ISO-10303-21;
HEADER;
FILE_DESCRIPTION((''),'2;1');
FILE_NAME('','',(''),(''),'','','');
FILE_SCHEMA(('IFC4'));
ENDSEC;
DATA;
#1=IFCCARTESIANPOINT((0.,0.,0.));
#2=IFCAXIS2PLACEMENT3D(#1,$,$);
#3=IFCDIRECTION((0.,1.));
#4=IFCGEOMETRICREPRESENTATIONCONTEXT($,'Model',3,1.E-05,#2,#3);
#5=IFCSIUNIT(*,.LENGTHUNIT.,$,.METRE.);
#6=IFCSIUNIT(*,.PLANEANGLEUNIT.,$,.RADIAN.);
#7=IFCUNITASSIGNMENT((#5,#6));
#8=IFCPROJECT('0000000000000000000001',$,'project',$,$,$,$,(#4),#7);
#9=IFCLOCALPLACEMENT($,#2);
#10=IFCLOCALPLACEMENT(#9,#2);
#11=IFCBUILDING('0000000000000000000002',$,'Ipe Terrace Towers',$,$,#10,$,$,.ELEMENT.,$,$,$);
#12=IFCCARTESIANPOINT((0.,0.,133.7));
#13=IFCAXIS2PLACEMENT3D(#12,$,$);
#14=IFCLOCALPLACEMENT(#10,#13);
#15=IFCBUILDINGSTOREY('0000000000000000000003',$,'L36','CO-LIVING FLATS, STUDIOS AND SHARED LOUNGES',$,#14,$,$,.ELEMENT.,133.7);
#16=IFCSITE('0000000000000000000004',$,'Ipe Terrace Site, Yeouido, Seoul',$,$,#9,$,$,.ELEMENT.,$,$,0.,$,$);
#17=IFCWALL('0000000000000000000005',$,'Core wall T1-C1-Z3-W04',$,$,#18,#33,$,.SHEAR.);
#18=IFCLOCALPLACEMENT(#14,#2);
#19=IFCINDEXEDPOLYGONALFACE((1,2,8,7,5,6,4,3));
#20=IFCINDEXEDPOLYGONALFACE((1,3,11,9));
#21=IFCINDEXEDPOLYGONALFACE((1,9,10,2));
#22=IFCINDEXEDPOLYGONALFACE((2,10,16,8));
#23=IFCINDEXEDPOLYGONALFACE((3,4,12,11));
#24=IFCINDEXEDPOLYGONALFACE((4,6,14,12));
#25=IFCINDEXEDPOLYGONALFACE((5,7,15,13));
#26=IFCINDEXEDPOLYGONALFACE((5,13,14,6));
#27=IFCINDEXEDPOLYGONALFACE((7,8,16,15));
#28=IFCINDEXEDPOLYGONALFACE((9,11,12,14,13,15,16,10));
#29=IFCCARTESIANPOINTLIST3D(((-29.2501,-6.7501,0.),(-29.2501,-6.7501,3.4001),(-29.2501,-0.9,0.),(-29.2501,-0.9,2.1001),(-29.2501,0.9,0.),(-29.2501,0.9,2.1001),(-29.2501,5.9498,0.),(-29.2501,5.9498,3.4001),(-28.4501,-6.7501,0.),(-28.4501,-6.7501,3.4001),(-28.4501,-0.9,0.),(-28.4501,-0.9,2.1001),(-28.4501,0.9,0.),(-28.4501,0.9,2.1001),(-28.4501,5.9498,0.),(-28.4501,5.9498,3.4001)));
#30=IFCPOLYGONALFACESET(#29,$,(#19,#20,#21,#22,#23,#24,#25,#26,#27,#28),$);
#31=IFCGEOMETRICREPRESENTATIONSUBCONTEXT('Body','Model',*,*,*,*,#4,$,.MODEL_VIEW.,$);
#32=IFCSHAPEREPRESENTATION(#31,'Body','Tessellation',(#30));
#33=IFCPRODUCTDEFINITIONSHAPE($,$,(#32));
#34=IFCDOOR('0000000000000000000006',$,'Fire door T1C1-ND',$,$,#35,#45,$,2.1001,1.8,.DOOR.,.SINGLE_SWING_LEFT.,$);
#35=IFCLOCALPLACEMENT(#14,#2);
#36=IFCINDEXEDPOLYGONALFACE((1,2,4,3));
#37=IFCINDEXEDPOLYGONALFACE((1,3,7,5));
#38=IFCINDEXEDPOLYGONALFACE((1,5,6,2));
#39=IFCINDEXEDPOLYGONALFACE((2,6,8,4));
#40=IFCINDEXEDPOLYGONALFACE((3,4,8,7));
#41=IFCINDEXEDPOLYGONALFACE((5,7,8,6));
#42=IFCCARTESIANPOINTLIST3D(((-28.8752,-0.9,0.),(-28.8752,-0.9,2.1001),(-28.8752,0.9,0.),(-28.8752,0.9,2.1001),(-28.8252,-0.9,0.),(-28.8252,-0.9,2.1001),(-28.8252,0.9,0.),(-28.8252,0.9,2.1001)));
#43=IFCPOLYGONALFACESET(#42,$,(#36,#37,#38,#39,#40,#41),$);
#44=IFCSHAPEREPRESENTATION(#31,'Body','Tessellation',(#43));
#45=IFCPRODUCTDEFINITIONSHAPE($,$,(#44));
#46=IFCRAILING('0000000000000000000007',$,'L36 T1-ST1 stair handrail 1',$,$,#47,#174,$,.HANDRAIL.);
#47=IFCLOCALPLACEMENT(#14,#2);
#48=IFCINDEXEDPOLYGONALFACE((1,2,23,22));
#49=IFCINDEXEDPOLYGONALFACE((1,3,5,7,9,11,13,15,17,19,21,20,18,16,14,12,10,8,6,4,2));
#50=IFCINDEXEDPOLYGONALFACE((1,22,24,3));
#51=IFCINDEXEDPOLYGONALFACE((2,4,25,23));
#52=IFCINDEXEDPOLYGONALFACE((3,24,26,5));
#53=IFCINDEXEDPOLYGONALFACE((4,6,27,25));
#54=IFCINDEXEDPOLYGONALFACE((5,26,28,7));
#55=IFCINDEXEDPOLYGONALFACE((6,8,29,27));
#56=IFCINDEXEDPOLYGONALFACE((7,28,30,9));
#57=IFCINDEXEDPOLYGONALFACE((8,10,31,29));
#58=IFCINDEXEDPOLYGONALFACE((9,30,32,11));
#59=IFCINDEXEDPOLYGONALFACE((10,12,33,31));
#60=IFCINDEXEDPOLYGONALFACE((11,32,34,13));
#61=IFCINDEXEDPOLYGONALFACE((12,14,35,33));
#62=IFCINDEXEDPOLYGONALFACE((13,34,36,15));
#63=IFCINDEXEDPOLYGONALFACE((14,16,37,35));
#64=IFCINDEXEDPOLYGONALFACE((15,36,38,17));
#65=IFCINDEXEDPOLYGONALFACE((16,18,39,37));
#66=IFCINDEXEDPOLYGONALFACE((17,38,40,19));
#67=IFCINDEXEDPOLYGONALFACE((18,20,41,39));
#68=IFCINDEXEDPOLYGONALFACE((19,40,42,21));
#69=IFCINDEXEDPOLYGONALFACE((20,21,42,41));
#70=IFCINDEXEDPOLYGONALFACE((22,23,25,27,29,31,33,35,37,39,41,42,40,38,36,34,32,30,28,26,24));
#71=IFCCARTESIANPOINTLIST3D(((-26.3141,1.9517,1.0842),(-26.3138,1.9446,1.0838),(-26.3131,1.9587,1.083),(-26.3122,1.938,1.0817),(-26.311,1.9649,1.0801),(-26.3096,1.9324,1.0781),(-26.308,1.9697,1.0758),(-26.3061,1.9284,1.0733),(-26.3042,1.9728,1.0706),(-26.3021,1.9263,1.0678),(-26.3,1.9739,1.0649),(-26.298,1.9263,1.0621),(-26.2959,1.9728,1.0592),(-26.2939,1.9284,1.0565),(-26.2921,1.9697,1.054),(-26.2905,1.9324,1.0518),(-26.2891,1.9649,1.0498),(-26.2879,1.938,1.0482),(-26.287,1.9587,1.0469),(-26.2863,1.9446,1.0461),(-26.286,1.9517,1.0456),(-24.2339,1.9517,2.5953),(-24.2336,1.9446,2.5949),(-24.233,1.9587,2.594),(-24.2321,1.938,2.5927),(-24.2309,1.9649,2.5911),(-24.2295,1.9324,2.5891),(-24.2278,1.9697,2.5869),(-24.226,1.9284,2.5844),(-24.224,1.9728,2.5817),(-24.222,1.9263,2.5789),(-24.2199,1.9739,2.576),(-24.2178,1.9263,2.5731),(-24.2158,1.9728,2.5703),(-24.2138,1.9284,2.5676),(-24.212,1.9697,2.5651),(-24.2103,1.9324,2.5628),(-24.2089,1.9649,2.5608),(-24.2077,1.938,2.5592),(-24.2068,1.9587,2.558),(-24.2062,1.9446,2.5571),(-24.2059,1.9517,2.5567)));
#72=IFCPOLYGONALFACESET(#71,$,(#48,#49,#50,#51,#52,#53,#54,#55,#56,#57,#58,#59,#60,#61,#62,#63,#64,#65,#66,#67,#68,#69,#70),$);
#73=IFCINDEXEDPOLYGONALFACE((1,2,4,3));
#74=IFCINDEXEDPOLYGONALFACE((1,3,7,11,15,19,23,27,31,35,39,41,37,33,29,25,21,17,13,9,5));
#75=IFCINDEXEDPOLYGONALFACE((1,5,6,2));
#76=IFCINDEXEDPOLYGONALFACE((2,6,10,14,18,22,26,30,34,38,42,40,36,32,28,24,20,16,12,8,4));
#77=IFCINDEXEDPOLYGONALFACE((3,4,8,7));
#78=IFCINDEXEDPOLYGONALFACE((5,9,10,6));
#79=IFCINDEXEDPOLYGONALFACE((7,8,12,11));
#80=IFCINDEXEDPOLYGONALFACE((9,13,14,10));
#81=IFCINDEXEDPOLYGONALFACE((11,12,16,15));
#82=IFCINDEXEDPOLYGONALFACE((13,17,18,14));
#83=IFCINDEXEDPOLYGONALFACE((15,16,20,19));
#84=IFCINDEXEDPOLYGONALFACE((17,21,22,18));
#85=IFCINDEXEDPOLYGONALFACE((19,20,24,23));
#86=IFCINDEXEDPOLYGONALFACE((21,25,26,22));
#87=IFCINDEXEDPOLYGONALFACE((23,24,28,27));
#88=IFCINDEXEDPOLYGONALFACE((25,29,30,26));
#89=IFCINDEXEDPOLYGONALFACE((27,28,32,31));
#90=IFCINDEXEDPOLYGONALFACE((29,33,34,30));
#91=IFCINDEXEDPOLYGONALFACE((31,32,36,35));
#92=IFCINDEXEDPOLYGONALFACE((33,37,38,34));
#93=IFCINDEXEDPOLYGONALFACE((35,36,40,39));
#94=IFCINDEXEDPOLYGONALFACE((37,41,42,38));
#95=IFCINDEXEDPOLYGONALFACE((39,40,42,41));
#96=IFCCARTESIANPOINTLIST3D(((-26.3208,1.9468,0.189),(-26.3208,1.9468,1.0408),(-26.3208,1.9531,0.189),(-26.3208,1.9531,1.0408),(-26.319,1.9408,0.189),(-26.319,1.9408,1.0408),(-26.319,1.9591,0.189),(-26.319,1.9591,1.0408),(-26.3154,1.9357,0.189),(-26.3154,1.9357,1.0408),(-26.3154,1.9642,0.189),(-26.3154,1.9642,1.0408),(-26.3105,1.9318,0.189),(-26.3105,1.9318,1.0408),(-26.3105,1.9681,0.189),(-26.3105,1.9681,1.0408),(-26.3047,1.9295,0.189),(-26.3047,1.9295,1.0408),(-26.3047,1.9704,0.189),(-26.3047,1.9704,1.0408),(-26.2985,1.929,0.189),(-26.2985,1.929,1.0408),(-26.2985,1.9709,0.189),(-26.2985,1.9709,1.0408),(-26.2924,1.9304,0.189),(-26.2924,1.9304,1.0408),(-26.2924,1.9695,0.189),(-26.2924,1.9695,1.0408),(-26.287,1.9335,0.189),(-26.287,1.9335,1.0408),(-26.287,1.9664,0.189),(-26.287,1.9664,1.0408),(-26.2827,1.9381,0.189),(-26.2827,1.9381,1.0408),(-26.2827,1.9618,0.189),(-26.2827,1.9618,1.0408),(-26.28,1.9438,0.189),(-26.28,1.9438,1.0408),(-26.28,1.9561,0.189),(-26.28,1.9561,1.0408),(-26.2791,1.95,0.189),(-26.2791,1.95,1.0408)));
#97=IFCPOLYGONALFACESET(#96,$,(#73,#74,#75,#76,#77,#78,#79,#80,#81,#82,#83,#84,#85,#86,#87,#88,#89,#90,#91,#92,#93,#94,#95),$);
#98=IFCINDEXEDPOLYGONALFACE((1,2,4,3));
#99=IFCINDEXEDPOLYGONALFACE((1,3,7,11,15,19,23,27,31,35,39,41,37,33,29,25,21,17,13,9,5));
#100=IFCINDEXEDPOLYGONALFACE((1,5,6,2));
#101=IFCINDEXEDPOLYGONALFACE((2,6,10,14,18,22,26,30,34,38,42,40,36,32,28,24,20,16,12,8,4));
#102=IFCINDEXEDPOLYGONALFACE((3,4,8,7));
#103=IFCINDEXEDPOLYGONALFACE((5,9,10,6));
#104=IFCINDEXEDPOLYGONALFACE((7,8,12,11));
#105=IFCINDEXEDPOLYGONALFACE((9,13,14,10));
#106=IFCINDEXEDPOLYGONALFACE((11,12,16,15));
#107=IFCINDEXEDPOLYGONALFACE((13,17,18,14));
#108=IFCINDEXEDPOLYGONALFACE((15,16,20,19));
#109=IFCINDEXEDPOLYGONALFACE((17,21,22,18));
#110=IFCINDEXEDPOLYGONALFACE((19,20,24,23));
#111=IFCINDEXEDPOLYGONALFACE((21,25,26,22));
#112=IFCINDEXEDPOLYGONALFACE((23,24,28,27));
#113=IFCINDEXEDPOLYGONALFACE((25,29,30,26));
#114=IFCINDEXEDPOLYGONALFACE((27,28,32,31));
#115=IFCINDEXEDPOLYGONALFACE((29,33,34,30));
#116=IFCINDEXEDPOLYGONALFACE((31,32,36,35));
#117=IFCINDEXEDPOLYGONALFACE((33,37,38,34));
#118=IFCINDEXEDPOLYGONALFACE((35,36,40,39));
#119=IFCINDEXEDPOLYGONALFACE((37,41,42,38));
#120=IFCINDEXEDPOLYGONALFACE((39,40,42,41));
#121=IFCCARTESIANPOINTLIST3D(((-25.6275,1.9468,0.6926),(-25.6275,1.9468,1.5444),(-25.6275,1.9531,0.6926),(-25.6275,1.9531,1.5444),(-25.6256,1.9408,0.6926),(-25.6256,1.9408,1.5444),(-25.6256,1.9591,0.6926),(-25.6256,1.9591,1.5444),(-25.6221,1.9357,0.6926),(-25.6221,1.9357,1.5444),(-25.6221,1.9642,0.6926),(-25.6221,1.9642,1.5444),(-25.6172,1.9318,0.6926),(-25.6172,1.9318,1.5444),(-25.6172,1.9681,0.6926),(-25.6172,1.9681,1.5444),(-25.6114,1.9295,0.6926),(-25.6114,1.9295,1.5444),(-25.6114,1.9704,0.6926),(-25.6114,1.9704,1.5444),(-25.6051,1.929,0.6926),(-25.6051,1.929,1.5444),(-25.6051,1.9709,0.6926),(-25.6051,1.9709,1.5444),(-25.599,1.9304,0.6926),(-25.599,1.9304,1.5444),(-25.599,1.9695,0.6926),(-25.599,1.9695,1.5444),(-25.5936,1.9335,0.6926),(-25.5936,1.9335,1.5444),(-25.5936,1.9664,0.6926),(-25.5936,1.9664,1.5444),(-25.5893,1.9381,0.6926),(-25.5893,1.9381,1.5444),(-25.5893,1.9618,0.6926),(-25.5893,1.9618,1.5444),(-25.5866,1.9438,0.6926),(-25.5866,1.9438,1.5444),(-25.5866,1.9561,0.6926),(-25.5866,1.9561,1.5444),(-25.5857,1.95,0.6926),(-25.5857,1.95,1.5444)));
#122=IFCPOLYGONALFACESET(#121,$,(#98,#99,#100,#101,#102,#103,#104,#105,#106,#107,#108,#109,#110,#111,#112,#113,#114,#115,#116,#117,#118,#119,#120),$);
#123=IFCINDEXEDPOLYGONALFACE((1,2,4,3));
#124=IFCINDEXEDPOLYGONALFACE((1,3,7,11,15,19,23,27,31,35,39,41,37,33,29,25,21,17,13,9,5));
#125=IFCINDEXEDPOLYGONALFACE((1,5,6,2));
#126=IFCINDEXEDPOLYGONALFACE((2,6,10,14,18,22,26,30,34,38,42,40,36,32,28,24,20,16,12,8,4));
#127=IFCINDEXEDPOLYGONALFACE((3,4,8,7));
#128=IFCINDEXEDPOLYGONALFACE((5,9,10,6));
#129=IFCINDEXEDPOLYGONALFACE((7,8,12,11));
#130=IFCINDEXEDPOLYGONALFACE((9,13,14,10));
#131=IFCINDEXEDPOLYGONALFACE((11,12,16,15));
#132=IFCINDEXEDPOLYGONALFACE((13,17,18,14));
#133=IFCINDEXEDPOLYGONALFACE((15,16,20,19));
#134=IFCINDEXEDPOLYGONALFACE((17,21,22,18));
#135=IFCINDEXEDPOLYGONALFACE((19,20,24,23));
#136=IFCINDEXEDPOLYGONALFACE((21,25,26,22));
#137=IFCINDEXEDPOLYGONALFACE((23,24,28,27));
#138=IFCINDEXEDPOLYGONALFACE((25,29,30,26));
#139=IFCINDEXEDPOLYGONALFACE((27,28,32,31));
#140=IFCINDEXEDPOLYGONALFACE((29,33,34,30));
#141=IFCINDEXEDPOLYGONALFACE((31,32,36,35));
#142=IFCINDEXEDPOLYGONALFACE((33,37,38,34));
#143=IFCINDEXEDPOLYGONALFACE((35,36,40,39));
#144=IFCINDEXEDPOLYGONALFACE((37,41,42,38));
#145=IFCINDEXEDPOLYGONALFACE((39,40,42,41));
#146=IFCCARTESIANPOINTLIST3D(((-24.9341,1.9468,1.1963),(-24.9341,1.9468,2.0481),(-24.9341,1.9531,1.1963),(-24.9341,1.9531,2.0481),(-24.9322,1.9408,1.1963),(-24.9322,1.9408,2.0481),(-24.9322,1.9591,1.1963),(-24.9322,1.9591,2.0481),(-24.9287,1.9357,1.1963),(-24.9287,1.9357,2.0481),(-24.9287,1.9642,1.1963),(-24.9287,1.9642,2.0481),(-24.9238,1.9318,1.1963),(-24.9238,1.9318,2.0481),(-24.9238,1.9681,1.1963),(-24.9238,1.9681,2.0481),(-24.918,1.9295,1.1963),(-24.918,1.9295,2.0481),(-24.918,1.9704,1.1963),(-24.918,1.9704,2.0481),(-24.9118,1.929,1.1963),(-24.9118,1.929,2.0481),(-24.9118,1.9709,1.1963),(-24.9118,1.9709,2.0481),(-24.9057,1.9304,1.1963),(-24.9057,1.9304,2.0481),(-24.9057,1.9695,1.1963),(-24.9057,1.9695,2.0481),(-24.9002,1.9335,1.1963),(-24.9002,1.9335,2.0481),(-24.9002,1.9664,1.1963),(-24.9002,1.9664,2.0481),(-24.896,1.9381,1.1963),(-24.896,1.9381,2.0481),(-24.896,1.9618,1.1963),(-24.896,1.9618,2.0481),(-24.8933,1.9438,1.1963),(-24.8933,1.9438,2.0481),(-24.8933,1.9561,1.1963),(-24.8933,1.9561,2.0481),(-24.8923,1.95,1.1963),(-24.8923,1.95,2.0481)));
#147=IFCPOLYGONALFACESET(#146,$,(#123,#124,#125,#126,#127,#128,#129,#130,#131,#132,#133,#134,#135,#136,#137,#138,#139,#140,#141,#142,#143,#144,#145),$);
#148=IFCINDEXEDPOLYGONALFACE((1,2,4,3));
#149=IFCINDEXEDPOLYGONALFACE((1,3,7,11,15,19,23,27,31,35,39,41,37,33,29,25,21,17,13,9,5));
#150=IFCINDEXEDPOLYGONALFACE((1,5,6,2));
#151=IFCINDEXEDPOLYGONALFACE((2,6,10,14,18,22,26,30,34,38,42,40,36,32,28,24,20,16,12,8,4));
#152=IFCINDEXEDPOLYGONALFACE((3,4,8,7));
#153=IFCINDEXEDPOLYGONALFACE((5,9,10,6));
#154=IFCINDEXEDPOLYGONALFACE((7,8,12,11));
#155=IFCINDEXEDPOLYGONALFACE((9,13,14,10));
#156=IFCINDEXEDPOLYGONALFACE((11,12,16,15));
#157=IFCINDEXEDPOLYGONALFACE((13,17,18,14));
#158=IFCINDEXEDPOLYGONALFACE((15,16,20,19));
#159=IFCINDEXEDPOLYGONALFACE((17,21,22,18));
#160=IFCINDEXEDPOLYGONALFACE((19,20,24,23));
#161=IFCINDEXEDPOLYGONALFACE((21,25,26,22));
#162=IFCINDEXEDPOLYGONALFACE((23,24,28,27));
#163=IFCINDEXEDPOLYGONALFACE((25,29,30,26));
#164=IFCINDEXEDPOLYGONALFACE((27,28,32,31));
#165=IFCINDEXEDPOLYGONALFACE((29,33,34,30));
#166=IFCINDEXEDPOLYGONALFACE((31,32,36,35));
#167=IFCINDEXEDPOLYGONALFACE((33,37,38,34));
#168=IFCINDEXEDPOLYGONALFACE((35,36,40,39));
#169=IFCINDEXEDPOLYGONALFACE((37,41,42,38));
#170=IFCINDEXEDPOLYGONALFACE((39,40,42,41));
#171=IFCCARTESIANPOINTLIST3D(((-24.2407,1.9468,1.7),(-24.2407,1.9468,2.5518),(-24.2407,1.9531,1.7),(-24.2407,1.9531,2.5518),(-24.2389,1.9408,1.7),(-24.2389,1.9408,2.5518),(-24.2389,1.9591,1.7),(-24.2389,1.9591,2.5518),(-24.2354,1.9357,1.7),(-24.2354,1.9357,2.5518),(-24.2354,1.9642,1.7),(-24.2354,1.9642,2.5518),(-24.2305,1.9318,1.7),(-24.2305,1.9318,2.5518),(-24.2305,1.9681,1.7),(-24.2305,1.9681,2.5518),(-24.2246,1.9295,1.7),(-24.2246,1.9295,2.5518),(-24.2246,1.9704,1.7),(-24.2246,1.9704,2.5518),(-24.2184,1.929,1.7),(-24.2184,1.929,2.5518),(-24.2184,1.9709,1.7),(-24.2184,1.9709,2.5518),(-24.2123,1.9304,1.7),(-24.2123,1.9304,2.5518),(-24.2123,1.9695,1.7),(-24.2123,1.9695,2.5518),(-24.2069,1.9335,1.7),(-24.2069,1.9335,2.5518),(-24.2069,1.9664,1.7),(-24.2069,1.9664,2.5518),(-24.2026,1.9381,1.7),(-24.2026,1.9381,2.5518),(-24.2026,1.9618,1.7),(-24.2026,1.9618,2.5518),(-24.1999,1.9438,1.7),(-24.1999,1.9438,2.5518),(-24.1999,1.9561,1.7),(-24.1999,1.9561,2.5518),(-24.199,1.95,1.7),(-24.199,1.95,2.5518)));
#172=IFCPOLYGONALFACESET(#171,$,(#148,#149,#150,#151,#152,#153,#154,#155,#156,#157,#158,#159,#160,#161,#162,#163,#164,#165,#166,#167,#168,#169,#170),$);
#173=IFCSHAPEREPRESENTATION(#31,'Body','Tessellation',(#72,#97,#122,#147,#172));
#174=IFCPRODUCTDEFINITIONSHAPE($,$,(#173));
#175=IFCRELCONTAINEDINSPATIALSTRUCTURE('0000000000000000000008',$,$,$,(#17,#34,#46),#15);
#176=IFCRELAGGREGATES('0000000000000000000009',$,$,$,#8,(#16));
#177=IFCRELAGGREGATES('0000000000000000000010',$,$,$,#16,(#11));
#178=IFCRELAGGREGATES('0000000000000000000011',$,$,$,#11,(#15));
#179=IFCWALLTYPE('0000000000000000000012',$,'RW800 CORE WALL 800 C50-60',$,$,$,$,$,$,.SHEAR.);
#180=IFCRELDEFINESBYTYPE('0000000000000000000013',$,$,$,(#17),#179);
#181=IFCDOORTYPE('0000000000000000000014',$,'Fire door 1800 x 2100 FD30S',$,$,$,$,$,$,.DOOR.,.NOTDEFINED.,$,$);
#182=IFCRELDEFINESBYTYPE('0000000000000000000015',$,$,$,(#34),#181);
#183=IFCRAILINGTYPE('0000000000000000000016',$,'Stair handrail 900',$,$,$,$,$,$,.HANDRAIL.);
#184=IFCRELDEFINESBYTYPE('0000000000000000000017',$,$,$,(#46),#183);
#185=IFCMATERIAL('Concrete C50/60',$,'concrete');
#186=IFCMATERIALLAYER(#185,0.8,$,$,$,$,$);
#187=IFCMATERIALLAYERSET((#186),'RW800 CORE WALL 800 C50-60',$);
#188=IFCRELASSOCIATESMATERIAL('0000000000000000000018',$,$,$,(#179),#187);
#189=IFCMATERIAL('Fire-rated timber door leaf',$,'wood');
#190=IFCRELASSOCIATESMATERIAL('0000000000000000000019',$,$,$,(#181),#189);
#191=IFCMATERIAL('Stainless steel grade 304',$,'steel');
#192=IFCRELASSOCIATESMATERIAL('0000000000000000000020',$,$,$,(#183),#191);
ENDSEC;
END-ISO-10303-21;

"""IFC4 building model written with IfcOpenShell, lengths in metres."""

from ifc_helpers import new_model, si_unit, direction, frame, frame_2d, origin, origin_2d, place, context, subcontext, project, spatial, rectangle, circle, extrude, material, layer, layer_set, type_object, element, fill, save


model = new_model("IFC4")

# Units and contexts
model_context = context("Model", 3, precision=1e-05, world=origin(), true_north=direction((0.0, 1.0)))
body_context = subcontext(model_context, "Body", "Model", "MODEL_VIEW")
ifc_project = project(units=[si_unit("LENGTHUNIT", "METRE"), si_unit("PLANEANGLEUNIT", "RADIAN")], contexts=[model_context])

# Site, building, storey
site_placement = place(None, origin())
site = spatial("IfcSite", under=ifc_project, at=site_placement, Name="Ipe Terrace Site, Yeouido, Seoul", CompositionType="ELEMENT", RefElevation=0.0)
building_placement = place(site_placement, origin())
building = spatial("IfcBuilding", under=site, at=building_placement, Name="Ipe Terrace Towers", CompositionType="ELEMENT")
storey_placement = place(building_placement, frame((0.0, 0.0, 133.7)))
storey = spatial("IfcBuildingStorey", under=building, at=storey_placement, Name="L36", Description="CO-LIVING FLATS, STUDIOS AND SHARED LOUNGES", CompositionType="ELEMENT", Elevation=133.7)

# Shared definitions
ifc_material_1 = material(Name="Concrete C50/60", Category="concrete")
ifc_layer_1 = layer(ifc_material_1, 0.8)
ifc_layer_set_1 = layer_set([ifc_layer_1], Name="RW800 CORE WALL 800 C50-60")
wall_type_1 = type_object("IfcWallType", Name="RW800 CORE WALL 800 C50-60", PredefinedType="SHEAR", material=ifc_layer_set_1)

# Wall, opening, door
wall_1_placement = place(storey_placement, frame((-28.8501, 5.95, 0.0), z_axis=(0.0, 0.0, 1.0), x_axis=(0.0, -1.0, 0.0)))
wall_1 = element("IfcWall", 1, at=wall_1_placement, inside=storey, type_object=wall_type_1, Name="Core wall T1-C1-Z3-W04", PredefinedType="SHEAR", context=body_context, shape_type="SweptSolid", body=[
    extrude(rectangle(XDim=12.7, YDim=0.8, at=frame_2d((6.3501, 0.0))), origin(), (0.0, 0.0, 1.0), 3.4001),
])
opening_1_placement = place(wall_1_placement, frame((5.05, 0.0, 0.0)))
opening_1 = element("IfcOpeningElement", 2, at=opening_1_placement, cuts=wall_1, PredefinedType="OPENING", context=body_context, shape_type="SweptSolid", body=[
    extrude(rectangle(XDim=1.8, YDim=2.1001, at=frame_2d((0.8999, 1.05))), frame((0.0, 0.4102, 0.0), z_axis=(0.0, -1.0, 0.0), x_axis=(1.0, 0.0, 0.0)), (0.0, 0.0, 1.0), 0.8201),
])
ifc_material_2 = material(Name="Fire-rated timber door leaf", Category="wood")
door_type_1 = type_object("IfcDoorType", Name="Fire door 1800 x 2100 FD30S", OperationType="NOTDEFINED", PredefinedType="DOOR", material=ifc_material_2)
door_1_placement = place(opening_1_placement, origin())
door_1 = element("IfcDoor", 3, at=door_1_placement, inside=storey, type_object=door_type_1, Name="Fire door T1C1-ND", OperationType="SINGLE_SWING_LEFT", OverallHeight=2.1001, OverallWidth=1.8, PredefinedType="DOOR", context=body_context, shape_type="SweptSolid", body=[
    extrude(rectangle(XDim=1.8, YDim=2.1001, at=frame_2d((0.8999, 1.05))), frame((0.0, 0.0249, 0.0), z_axis=(0.0, -1.0, 0.0), x_axis=(1.0, 0.0, 0.0)), (0.0, 0.0, 1.0), 0.05),
])
fill(opening_1, door_1)

# Railing
ifc_material_3 = material(Name="Stainless steel grade 304", Category="steel")
railing_type_1 = type_object("IfcRailingType", Name="Stair handrail 900", PredefinedType="HANDRAIL", material=ifc_material_3)
railing_1_placement = place(storey_placement, frame((-26.3, 1.95, 0.189)))
element("IfcRailing", 4, at=railing_1_placement, inside=storey, type_object=railing_type_1, Name="L36 T1-ST1 stair handrail 1", PredefinedType="HANDRAIL", context=body_context, shape_type="SweptSolid", body=[
    extrude(circle(Radius=0.0239, at=origin_2d()), frame((0.0, 0.0, 0.876), z_axis=(0.809069, 0.0, 0.587714), x_axis=(0.0, 1.0, 0.0)), (0.0, 0.0, 1.0), 2.571),
    extrude(circle(Radius=0.021, at=origin_2d()), origin(), (0.0, 0.0, 1.0), 0.8518),
    extrude(circle(Radius=0.021, at=origin_2d()), frame((0.6934, 0.0, 0.5037)), (0.0, 0.0, 1.0), 0.8518),
    extrude(circle(Radius=0.021, at=origin_2d()), frame((1.3867, 0.0, 1.0073)), (0.0, 0.0, 1.0), 0.8518),
    extrude(circle(Radius=0.021, at=origin_2d()), frame((2.0801, 0.0, 1.511)), (0.0, 0.0, 1.0), 0.8518),
])

save(model, "model.ifc")
